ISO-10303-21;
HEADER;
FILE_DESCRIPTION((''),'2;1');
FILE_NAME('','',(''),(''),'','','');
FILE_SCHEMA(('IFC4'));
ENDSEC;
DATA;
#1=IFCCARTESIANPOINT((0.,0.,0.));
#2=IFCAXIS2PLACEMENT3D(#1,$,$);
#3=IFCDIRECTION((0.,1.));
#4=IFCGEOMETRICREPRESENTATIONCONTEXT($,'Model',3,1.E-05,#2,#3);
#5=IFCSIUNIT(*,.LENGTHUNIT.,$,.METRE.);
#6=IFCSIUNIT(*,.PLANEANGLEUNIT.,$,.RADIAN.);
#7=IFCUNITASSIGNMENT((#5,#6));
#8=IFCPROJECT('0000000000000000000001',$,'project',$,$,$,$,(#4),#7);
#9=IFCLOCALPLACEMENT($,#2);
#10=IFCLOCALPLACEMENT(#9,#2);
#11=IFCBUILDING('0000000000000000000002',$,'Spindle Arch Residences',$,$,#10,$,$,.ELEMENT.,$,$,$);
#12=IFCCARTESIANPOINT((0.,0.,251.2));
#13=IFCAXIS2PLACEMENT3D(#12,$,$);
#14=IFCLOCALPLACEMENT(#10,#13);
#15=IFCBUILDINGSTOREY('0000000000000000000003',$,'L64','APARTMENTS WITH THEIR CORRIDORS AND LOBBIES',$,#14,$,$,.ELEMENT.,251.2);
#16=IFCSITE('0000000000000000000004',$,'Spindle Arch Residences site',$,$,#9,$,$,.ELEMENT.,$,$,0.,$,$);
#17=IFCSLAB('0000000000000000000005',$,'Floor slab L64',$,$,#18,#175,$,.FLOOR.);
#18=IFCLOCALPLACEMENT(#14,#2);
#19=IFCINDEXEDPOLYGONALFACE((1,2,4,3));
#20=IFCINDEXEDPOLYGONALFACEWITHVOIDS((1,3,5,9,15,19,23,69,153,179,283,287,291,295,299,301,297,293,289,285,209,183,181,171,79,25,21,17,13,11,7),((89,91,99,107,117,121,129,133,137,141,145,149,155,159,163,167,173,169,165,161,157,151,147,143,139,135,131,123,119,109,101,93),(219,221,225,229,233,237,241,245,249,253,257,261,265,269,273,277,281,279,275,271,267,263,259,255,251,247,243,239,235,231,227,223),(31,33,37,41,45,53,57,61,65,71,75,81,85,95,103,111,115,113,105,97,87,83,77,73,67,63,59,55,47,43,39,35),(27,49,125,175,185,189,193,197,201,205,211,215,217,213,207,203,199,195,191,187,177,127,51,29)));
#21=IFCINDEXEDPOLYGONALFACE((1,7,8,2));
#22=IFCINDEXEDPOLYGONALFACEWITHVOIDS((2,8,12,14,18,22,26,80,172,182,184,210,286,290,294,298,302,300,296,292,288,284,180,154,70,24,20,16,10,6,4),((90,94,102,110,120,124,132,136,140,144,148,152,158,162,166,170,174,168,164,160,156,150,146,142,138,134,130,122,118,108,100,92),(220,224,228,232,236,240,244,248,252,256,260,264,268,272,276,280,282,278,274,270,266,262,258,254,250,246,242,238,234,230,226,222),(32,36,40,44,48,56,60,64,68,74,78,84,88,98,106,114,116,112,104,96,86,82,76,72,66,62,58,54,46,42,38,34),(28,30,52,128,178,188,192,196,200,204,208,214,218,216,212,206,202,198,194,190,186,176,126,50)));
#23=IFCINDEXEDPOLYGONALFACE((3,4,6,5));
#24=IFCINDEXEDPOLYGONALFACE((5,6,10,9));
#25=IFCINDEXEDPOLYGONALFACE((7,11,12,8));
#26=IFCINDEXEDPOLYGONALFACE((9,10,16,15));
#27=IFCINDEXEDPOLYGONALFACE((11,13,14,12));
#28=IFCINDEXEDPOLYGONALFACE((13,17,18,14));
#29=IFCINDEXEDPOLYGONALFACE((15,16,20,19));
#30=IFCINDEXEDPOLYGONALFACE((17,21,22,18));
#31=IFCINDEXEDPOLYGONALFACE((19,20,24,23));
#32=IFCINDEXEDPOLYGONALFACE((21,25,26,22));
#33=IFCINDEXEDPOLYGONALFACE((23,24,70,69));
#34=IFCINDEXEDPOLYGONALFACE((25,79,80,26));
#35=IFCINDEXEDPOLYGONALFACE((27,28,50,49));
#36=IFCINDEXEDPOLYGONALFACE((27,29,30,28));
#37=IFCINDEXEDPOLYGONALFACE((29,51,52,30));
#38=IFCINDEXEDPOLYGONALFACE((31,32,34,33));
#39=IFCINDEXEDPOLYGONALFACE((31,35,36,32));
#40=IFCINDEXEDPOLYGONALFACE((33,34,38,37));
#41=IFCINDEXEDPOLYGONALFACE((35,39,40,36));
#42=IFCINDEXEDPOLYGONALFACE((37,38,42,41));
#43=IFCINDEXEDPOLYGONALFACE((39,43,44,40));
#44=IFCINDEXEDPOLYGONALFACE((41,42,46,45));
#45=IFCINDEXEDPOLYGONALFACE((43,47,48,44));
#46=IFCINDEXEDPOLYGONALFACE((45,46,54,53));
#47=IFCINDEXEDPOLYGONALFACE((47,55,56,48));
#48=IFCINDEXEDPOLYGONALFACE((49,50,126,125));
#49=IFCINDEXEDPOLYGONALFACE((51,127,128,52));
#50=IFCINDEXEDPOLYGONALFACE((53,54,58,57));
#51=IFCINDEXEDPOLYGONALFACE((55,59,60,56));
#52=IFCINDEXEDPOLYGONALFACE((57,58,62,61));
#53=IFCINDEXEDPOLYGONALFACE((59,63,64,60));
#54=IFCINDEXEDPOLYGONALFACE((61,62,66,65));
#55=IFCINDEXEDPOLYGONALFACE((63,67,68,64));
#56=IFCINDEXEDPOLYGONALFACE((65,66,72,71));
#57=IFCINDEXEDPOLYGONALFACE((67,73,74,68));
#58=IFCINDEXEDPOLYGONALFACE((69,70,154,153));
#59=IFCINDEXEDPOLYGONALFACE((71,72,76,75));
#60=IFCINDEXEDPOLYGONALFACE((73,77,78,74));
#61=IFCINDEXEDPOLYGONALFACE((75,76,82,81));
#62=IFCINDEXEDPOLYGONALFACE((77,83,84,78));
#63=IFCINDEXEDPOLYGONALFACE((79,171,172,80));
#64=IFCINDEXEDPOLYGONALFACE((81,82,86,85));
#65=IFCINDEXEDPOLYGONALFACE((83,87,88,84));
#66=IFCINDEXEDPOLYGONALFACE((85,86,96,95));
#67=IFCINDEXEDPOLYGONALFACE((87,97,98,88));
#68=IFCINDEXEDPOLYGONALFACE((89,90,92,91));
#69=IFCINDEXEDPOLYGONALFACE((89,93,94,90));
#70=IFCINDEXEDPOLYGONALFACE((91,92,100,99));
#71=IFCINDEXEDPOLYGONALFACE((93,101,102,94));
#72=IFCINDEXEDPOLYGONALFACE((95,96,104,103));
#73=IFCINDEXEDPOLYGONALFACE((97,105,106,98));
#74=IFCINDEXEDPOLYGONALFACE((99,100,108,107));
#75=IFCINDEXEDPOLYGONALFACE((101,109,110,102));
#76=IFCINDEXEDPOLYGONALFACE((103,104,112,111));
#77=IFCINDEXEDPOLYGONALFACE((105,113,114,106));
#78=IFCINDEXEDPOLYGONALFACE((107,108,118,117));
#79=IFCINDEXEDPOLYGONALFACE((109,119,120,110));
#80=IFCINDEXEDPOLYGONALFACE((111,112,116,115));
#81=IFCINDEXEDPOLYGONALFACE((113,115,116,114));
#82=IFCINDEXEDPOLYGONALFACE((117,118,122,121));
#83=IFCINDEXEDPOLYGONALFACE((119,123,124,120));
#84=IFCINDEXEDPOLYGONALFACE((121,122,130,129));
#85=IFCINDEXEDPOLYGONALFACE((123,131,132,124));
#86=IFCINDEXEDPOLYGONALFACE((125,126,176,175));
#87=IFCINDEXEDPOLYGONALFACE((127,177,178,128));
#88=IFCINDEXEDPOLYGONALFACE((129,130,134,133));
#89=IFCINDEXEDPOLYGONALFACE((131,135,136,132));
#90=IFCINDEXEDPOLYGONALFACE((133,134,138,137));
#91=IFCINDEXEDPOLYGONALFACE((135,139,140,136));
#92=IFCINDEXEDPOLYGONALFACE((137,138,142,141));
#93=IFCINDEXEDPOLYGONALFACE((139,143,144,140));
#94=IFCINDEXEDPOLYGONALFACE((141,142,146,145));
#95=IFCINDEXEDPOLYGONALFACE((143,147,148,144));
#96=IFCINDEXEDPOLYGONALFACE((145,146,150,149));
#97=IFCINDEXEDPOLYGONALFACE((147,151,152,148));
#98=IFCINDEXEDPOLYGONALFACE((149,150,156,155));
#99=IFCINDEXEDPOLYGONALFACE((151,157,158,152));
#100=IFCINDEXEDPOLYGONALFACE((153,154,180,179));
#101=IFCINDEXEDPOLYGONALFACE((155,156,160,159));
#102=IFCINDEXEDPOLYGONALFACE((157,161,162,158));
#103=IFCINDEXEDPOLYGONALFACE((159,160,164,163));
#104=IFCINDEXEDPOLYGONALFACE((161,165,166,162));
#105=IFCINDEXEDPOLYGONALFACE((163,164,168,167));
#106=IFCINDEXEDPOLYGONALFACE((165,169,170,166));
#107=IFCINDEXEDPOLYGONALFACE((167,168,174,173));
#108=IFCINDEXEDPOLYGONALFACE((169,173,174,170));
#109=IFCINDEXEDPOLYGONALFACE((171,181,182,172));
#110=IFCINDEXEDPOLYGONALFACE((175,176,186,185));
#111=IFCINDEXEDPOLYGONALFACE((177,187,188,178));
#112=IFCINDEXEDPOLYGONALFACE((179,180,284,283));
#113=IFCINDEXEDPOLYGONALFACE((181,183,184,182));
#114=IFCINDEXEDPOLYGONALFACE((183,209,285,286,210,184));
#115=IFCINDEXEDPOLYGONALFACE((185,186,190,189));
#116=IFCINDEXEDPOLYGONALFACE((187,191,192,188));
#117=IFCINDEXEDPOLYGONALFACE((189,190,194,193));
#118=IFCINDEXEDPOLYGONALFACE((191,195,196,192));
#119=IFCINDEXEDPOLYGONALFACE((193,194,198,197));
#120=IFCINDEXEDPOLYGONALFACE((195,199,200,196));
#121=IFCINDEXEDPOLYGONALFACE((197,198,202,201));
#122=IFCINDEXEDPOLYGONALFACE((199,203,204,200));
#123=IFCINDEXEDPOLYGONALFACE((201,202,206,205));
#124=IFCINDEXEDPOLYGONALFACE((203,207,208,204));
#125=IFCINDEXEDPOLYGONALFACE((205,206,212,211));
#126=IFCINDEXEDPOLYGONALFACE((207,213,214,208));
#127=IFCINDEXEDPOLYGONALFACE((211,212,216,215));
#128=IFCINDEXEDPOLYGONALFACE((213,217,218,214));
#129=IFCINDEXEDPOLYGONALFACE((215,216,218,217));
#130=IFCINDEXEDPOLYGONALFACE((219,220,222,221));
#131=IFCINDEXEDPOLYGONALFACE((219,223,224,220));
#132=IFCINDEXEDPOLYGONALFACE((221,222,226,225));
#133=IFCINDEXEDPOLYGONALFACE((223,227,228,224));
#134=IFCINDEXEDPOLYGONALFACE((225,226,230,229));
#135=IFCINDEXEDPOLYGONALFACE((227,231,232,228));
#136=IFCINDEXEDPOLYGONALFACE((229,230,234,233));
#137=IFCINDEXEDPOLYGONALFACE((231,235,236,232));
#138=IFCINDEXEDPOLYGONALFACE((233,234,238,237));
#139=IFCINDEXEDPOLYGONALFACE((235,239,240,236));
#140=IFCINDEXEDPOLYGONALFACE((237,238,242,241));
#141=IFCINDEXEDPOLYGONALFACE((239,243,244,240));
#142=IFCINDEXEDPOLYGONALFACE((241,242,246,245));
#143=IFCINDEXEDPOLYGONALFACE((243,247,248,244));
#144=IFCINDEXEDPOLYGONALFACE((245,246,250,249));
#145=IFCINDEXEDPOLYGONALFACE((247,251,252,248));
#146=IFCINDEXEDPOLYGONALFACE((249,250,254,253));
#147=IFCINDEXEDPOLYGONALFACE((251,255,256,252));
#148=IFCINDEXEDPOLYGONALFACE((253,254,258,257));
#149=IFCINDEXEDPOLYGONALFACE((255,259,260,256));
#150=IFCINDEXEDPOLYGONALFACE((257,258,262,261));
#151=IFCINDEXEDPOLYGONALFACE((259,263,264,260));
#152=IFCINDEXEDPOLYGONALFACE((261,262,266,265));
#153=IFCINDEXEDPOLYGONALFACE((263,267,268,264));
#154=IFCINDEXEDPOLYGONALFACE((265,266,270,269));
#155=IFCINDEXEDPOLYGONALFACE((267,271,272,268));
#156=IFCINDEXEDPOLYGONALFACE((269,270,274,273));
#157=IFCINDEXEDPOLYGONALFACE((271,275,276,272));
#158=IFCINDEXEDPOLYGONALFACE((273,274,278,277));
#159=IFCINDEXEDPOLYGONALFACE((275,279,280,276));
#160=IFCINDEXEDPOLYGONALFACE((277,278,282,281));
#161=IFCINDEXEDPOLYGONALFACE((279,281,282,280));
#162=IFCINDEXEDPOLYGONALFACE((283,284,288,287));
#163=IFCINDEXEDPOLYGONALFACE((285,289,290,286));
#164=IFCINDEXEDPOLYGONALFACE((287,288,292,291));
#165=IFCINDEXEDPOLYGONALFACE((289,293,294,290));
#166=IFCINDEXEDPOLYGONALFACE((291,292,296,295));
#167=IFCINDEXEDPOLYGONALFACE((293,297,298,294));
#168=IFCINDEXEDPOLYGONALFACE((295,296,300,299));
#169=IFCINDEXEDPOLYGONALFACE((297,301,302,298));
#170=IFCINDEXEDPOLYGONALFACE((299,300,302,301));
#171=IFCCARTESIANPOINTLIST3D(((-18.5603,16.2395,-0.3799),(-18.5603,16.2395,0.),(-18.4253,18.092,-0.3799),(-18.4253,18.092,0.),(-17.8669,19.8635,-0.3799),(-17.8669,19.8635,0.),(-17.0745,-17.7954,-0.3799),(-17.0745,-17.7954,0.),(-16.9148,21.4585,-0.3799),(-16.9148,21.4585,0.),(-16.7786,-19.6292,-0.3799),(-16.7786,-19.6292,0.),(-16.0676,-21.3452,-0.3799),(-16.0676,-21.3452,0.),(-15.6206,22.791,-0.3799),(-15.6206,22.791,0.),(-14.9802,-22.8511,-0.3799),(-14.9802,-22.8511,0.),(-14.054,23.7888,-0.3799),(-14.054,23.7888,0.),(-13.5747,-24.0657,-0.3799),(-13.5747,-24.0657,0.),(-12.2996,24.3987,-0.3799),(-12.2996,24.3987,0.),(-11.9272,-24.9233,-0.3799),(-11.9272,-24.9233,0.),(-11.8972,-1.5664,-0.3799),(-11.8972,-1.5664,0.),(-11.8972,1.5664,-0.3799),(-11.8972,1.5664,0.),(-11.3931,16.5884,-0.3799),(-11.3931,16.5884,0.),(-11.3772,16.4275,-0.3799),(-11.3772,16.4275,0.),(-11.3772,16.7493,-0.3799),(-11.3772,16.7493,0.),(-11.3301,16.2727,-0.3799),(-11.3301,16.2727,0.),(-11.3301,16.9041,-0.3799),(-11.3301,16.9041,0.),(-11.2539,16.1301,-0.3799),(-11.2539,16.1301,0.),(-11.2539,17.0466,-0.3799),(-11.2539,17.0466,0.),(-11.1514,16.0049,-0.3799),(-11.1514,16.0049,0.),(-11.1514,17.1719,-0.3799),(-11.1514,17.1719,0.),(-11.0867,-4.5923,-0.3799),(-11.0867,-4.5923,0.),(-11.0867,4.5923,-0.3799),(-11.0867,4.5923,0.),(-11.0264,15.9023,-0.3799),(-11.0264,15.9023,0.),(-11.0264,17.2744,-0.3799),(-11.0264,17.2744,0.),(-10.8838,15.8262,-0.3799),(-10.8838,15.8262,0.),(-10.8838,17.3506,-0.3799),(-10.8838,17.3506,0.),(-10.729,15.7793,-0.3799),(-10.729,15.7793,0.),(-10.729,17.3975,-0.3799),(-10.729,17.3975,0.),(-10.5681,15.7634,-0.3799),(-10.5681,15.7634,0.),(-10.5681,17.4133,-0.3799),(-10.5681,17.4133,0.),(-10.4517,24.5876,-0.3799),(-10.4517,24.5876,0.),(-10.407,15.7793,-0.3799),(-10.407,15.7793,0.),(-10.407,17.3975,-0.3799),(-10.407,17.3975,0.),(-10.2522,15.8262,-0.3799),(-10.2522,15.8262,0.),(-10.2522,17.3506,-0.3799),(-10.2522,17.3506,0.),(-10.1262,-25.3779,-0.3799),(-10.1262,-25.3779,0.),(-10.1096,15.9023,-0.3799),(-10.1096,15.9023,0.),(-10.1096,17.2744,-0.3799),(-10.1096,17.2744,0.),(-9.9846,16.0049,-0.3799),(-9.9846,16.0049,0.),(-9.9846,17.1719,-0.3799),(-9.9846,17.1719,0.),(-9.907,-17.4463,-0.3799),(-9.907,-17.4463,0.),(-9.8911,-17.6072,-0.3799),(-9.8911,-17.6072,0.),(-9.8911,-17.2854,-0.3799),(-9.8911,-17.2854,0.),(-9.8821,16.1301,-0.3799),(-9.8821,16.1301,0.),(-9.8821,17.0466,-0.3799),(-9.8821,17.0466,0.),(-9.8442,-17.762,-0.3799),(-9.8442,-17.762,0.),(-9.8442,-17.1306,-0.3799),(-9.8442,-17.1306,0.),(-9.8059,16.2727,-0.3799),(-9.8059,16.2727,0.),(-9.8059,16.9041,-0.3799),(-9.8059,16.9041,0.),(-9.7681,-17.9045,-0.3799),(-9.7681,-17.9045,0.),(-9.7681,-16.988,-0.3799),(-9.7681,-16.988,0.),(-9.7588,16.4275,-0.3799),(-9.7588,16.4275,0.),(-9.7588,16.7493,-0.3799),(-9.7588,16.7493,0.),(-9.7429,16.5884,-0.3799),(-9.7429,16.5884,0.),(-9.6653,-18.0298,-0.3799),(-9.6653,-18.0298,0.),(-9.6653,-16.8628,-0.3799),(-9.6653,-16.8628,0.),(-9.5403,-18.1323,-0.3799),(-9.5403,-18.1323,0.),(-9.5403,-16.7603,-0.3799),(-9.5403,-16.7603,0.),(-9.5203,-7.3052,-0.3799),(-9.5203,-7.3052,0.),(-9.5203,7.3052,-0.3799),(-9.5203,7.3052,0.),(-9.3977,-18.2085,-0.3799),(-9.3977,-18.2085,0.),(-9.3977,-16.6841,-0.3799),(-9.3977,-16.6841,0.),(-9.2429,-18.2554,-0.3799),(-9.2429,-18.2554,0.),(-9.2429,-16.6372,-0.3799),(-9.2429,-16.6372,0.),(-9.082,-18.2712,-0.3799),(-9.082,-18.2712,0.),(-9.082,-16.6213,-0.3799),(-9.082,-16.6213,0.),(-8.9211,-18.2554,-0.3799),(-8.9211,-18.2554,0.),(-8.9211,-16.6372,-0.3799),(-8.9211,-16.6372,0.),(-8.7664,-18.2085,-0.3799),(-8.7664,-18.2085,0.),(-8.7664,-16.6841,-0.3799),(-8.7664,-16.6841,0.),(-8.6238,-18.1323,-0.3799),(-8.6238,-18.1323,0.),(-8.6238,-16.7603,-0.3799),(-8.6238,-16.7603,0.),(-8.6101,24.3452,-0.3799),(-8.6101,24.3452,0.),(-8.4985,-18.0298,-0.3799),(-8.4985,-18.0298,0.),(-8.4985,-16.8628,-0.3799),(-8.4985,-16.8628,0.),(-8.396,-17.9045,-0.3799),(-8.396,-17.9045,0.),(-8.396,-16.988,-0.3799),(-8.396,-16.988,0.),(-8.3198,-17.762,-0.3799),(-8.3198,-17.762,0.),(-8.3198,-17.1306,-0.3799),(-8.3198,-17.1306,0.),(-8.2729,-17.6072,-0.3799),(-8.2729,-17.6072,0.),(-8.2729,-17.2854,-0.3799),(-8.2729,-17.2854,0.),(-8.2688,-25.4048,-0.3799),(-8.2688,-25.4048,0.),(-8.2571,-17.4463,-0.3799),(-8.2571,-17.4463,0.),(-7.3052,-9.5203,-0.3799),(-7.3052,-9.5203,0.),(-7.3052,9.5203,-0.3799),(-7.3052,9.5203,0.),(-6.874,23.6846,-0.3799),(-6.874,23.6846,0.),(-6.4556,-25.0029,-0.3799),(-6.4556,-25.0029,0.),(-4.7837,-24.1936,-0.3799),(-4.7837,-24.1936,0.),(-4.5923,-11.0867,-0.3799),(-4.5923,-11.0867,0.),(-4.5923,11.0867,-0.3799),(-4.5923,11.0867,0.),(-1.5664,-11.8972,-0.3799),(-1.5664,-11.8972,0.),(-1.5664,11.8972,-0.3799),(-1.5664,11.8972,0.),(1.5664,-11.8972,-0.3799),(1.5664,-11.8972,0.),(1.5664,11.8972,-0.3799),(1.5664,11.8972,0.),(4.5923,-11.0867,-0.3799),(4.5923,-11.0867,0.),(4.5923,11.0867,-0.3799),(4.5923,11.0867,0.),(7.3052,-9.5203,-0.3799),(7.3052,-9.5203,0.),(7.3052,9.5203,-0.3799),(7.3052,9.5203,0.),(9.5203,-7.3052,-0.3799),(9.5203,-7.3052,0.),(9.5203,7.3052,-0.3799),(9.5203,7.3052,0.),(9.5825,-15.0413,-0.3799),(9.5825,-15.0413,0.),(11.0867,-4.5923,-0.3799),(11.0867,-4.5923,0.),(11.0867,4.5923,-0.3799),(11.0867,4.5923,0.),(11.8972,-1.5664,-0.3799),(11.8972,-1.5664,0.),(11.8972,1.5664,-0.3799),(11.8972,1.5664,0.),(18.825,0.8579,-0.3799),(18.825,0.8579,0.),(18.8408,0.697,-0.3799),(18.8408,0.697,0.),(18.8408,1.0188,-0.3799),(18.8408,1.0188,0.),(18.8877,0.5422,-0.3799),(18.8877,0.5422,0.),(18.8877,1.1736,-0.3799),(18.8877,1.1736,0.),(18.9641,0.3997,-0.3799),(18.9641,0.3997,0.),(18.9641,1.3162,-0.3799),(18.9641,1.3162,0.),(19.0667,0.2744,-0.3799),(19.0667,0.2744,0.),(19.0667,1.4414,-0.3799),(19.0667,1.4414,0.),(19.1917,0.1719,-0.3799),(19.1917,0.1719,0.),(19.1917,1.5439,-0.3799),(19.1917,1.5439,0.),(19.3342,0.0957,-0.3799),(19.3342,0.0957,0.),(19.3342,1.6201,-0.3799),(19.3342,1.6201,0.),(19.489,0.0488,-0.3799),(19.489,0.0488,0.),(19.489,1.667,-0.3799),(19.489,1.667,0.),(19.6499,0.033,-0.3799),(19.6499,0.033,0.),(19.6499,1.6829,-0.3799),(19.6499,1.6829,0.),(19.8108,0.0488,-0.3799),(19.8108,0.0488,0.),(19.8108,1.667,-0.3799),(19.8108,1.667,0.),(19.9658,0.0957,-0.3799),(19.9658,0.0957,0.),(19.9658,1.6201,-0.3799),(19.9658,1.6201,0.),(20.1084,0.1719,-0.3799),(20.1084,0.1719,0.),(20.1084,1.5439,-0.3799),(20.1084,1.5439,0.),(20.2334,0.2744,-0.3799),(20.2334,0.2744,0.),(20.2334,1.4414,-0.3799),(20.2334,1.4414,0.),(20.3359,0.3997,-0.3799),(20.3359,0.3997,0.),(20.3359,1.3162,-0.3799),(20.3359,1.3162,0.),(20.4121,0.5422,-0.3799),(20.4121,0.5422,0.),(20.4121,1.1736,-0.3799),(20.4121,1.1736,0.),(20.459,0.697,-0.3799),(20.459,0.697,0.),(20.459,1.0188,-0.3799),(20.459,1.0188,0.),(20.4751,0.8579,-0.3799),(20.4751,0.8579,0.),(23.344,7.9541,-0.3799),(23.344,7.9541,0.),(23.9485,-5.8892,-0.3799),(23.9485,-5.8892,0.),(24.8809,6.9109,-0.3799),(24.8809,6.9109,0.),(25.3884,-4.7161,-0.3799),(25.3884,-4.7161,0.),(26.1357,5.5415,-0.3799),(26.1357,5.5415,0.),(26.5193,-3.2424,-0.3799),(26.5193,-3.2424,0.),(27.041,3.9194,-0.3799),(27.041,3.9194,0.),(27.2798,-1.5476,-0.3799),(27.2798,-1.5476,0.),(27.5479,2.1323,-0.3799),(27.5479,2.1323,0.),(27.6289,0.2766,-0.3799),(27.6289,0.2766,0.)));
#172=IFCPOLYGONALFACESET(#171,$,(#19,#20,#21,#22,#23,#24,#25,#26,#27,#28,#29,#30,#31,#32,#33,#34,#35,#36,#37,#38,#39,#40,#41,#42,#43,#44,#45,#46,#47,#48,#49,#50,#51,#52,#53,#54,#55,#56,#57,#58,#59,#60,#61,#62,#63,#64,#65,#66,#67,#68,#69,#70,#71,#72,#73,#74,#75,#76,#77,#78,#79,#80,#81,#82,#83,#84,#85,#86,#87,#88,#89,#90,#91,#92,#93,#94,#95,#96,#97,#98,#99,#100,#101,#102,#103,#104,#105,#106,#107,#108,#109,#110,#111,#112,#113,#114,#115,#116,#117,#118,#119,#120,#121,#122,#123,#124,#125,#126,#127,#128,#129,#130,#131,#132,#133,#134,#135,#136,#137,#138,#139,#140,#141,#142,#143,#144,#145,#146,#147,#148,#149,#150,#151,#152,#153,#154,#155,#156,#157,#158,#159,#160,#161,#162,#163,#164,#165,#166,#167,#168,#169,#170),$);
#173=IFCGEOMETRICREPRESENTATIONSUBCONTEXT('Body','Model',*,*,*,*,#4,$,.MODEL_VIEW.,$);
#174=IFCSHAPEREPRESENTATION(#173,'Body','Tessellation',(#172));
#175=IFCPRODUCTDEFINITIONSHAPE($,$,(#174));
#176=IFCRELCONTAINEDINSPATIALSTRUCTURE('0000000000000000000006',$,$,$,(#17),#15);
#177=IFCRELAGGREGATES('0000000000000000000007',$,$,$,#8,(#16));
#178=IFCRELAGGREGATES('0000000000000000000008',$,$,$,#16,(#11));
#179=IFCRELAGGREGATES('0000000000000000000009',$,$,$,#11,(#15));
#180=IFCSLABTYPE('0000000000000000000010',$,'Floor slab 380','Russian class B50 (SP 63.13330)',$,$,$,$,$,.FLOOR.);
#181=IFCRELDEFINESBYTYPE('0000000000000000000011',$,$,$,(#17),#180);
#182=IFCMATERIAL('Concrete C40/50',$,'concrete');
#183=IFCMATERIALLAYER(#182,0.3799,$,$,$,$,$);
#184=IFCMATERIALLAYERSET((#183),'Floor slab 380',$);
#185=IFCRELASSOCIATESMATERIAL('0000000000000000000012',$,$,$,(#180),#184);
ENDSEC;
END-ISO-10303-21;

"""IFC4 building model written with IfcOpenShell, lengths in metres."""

from ifc_helpers import new_model, si_unit, direction, frame, origin, place, context, subcontext, project, spatial, polyline, outline, extrude, material, layer, layer_set, type_object, element, save


model = new_model("IFC4")

# Units and contexts
model_context = context("Model", 3, precision=1e-05, world=origin(), true_north=direction((0.0, 1.0)))
body_context = subcontext(model_context, "Body", "Model", "MODEL_VIEW")
ifc_project = project(units=[si_unit("LENGTHUNIT", "METRE"), si_unit("PLANEANGLEUNIT", "RADIAN")], contexts=[model_context])

# Site, building, storey
site_placement = place(None, origin())
site = spatial("IfcSite", under=ifc_project, at=site_placement, Name="Spindle Arch Residences site", CompositionType="ELEMENT", RefElevation=0.0)
building_placement = place(site_placement, origin())
building = spatial("IfcBuilding", under=site, at=building_placement, Name="Spindle Arch Residences", CompositionType="ELEMENT")
storey_placement = place(building_placement, frame((0.0, 0.0, 251.2)))
storey = spatial("IfcBuildingStorey", under=building, at=storey_placement, Name="L64", Description="APARTMENTS WITH THEIR CORRIDORS AND LOBBIES", CompositionType="ELEMENT", Elevation=251.2)

# Slab
ifc_material_1 = material(Name="Concrete C40/50", Category="concrete")
ifc_layer_1 = layer(ifc_material_1, 0.3799)
ifc_layer_set_1 = layer_set([ifc_layer_1], Name="Floor slab 380")
slab_type_1 = type_object("IfcSlabType", Name="Floor slab 380", Description="Russian class B50 (SP 63.13330)", PredefinedType="FLOOR", material=ifc_layer_set_1)
slab_1_placement = place(storey_placement, frame((0.0, 0.0, -0.3799)))
element("IfcSlab", 1, at=slab_1_placement, inside=storey, type_object=slab_type_1, Name="Floor slab L64", PredefinedType="FLOOR", context=body_context, shape_type="SweptSolid", body=[
    extrude(outline(polyline([(-6.4556, -25.0029), (-8.2688, -25.4048), (-10.1262, -25.3779), (-11.9272, -24.9233), (-13.5747, -24.0657), (-14.9802, -22.8511), (-16.0676, -21.3452), (-16.7786, -19.6292), (-17.0745, -17.7954), (-18.5603, 16.2395), (-18.4253, 18.092), (-17.8669, 19.8635), (-16.9148, 21.4585), (-15.6206, 22.791), (-14.054, 23.7888), (-12.2996, 24.3987), (-10.4517, 24.5876), (-8.6101, 24.3452), (-6.874, 23.6846), (23.344, 7.9541), (24.8809, 6.9109), (26.1357, 5.5415), (27.041, 3.9194), (27.5479, 2.1323), (27.6289, 0.2766), (27.2798, -1.5476), (26.5193, -3.2424), (25.3884, -4.7161), (23.9485, -5.8892), (9.5825, -15.0413), (-4.7837, -24.1936), (-6.4556, -25.0029)]), holes=[polyline([(7.3052, -9.5203), (9.5203, -7.3052), (11.0867, -4.5923), (11.8972, -1.5664), (11.8972, 1.5664), (11.0867, 4.5923), (9.5203, 7.3052), (7.3052, 9.5203), (4.5923, 11.0867), (1.5664, 11.8972), (-1.5664, 11.8972), (-4.5923, 11.0867), (-7.3052, 9.5203), (-9.5203, 7.3052), (-11.0867, 4.5923), (-11.8972, 1.5664), (-11.8972, -1.5664), (-11.0867, -4.5923), (-9.5203, -7.3052), (-7.3052, -9.5203), (-4.5923, -11.0867), (-1.5664, -11.8972), (1.5664, -11.8972), (4.5923, -11.0867), (7.3052, -9.5203)]), polyline([(-8.396, -17.9045), (-8.3198, -17.762), (-8.2729, -17.6072), (-8.2571, -17.4463), (-8.2729, -17.2854), (-8.3198, -17.1306), (-8.396, -16.988), (-8.4985, -16.8628), (-8.6238, -16.7603), (-8.7664, -16.6841), (-8.9211, -16.6372), (-9.082, -16.6213), (-9.2429, -16.6372), (-9.3977, -16.6841), (-9.5403, -16.7603), (-9.6653, -16.8628), (-9.7681, -16.988), (-9.8442, -17.1306), (-9.8911, -17.2854), (-9.907, -17.4463), (-9.8911, -17.6072), (-9.8442, -17.762), (-9.7681, -17.9045), (-9.6653, -18.0298), (-9.5403, -18.1323), (-9.3977, -18.2085), (-9.2429, -18.2554), (-9.082, -18.2712), (-8.9211, -18.2554), (-8.7664, -18.2085), (-8.6238, -18.1323), (-8.4985, -18.0298), (-8.396, -17.9045)]), polyline([(-9.8821, 16.1301), (-9.8059, 16.2727), (-9.7588, 16.4275), (-9.7429, 16.5884), (-9.7588, 16.7493), (-9.8059, 16.9041), (-9.8821, 17.0466), (-9.9846, 17.1719), (-10.1096, 17.2744), (-10.2522, 17.3506), (-10.407, 17.3975), (-10.5681, 17.4133), (-10.729, 17.3975), (-10.8838, 17.3506), (-11.0264, 17.2744), (-11.1514, 17.1719), (-11.2539, 17.0466), (-11.3301, 16.9041), (-11.3772, 16.7493), (-11.3931, 16.5884), (-11.3772, 16.4275), (-11.3301, 16.2727), (-11.2539, 16.1301), (-11.1514, 16.0049), (-11.0264, 15.9023), (-10.8838, 15.8262), (-10.729, 15.7793), (-10.5681, 15.7634), (-10.407, 15.7793), (-10.2522, 15.8262), (-10.1096, 15.9023), (-9.9846, 16.0049), (-9.8821, 16.1301)]), polyline([(20.2334, 0.2744), (20.3359, 0.3997), (20.4121, 0.5422), (20.459, 0.697), (20.4751, 0.8579), (20.459, 1.0188), (20.4121, 1.1736), (20.3359, 1.3162), (20.2334, 1.4414), (20.1084, 1.5439), (19.9658, 1.6201), (19.8108, 1.667), (19.6499, 1.6829), (19.489, 1.667), (19.3342, 1.6201), (19.1917, 1.5439), (19.0667, 1.4414), (18.9641, 1.3162), (18.8877, 1.1736), (18.8408, 1.0188), (18.825, 0.8579), (18.8408, 0.697), (18.8877, 0.5422), (18.9641, 0.3997), (19.0667, 0.2744), (19.1917, 0.1719), (19.3342, 0.0957), (19.489, 0.0488), (19.6499, 0.033), (19.8108, 0.0488), (19.9658, 0.0957), (20.1084, 0.1719), (20.2334, 0.2744)])]), origin(), (0.0, 0.0, 1.0), 0.3799),
])

save(model, "model.ifc")
